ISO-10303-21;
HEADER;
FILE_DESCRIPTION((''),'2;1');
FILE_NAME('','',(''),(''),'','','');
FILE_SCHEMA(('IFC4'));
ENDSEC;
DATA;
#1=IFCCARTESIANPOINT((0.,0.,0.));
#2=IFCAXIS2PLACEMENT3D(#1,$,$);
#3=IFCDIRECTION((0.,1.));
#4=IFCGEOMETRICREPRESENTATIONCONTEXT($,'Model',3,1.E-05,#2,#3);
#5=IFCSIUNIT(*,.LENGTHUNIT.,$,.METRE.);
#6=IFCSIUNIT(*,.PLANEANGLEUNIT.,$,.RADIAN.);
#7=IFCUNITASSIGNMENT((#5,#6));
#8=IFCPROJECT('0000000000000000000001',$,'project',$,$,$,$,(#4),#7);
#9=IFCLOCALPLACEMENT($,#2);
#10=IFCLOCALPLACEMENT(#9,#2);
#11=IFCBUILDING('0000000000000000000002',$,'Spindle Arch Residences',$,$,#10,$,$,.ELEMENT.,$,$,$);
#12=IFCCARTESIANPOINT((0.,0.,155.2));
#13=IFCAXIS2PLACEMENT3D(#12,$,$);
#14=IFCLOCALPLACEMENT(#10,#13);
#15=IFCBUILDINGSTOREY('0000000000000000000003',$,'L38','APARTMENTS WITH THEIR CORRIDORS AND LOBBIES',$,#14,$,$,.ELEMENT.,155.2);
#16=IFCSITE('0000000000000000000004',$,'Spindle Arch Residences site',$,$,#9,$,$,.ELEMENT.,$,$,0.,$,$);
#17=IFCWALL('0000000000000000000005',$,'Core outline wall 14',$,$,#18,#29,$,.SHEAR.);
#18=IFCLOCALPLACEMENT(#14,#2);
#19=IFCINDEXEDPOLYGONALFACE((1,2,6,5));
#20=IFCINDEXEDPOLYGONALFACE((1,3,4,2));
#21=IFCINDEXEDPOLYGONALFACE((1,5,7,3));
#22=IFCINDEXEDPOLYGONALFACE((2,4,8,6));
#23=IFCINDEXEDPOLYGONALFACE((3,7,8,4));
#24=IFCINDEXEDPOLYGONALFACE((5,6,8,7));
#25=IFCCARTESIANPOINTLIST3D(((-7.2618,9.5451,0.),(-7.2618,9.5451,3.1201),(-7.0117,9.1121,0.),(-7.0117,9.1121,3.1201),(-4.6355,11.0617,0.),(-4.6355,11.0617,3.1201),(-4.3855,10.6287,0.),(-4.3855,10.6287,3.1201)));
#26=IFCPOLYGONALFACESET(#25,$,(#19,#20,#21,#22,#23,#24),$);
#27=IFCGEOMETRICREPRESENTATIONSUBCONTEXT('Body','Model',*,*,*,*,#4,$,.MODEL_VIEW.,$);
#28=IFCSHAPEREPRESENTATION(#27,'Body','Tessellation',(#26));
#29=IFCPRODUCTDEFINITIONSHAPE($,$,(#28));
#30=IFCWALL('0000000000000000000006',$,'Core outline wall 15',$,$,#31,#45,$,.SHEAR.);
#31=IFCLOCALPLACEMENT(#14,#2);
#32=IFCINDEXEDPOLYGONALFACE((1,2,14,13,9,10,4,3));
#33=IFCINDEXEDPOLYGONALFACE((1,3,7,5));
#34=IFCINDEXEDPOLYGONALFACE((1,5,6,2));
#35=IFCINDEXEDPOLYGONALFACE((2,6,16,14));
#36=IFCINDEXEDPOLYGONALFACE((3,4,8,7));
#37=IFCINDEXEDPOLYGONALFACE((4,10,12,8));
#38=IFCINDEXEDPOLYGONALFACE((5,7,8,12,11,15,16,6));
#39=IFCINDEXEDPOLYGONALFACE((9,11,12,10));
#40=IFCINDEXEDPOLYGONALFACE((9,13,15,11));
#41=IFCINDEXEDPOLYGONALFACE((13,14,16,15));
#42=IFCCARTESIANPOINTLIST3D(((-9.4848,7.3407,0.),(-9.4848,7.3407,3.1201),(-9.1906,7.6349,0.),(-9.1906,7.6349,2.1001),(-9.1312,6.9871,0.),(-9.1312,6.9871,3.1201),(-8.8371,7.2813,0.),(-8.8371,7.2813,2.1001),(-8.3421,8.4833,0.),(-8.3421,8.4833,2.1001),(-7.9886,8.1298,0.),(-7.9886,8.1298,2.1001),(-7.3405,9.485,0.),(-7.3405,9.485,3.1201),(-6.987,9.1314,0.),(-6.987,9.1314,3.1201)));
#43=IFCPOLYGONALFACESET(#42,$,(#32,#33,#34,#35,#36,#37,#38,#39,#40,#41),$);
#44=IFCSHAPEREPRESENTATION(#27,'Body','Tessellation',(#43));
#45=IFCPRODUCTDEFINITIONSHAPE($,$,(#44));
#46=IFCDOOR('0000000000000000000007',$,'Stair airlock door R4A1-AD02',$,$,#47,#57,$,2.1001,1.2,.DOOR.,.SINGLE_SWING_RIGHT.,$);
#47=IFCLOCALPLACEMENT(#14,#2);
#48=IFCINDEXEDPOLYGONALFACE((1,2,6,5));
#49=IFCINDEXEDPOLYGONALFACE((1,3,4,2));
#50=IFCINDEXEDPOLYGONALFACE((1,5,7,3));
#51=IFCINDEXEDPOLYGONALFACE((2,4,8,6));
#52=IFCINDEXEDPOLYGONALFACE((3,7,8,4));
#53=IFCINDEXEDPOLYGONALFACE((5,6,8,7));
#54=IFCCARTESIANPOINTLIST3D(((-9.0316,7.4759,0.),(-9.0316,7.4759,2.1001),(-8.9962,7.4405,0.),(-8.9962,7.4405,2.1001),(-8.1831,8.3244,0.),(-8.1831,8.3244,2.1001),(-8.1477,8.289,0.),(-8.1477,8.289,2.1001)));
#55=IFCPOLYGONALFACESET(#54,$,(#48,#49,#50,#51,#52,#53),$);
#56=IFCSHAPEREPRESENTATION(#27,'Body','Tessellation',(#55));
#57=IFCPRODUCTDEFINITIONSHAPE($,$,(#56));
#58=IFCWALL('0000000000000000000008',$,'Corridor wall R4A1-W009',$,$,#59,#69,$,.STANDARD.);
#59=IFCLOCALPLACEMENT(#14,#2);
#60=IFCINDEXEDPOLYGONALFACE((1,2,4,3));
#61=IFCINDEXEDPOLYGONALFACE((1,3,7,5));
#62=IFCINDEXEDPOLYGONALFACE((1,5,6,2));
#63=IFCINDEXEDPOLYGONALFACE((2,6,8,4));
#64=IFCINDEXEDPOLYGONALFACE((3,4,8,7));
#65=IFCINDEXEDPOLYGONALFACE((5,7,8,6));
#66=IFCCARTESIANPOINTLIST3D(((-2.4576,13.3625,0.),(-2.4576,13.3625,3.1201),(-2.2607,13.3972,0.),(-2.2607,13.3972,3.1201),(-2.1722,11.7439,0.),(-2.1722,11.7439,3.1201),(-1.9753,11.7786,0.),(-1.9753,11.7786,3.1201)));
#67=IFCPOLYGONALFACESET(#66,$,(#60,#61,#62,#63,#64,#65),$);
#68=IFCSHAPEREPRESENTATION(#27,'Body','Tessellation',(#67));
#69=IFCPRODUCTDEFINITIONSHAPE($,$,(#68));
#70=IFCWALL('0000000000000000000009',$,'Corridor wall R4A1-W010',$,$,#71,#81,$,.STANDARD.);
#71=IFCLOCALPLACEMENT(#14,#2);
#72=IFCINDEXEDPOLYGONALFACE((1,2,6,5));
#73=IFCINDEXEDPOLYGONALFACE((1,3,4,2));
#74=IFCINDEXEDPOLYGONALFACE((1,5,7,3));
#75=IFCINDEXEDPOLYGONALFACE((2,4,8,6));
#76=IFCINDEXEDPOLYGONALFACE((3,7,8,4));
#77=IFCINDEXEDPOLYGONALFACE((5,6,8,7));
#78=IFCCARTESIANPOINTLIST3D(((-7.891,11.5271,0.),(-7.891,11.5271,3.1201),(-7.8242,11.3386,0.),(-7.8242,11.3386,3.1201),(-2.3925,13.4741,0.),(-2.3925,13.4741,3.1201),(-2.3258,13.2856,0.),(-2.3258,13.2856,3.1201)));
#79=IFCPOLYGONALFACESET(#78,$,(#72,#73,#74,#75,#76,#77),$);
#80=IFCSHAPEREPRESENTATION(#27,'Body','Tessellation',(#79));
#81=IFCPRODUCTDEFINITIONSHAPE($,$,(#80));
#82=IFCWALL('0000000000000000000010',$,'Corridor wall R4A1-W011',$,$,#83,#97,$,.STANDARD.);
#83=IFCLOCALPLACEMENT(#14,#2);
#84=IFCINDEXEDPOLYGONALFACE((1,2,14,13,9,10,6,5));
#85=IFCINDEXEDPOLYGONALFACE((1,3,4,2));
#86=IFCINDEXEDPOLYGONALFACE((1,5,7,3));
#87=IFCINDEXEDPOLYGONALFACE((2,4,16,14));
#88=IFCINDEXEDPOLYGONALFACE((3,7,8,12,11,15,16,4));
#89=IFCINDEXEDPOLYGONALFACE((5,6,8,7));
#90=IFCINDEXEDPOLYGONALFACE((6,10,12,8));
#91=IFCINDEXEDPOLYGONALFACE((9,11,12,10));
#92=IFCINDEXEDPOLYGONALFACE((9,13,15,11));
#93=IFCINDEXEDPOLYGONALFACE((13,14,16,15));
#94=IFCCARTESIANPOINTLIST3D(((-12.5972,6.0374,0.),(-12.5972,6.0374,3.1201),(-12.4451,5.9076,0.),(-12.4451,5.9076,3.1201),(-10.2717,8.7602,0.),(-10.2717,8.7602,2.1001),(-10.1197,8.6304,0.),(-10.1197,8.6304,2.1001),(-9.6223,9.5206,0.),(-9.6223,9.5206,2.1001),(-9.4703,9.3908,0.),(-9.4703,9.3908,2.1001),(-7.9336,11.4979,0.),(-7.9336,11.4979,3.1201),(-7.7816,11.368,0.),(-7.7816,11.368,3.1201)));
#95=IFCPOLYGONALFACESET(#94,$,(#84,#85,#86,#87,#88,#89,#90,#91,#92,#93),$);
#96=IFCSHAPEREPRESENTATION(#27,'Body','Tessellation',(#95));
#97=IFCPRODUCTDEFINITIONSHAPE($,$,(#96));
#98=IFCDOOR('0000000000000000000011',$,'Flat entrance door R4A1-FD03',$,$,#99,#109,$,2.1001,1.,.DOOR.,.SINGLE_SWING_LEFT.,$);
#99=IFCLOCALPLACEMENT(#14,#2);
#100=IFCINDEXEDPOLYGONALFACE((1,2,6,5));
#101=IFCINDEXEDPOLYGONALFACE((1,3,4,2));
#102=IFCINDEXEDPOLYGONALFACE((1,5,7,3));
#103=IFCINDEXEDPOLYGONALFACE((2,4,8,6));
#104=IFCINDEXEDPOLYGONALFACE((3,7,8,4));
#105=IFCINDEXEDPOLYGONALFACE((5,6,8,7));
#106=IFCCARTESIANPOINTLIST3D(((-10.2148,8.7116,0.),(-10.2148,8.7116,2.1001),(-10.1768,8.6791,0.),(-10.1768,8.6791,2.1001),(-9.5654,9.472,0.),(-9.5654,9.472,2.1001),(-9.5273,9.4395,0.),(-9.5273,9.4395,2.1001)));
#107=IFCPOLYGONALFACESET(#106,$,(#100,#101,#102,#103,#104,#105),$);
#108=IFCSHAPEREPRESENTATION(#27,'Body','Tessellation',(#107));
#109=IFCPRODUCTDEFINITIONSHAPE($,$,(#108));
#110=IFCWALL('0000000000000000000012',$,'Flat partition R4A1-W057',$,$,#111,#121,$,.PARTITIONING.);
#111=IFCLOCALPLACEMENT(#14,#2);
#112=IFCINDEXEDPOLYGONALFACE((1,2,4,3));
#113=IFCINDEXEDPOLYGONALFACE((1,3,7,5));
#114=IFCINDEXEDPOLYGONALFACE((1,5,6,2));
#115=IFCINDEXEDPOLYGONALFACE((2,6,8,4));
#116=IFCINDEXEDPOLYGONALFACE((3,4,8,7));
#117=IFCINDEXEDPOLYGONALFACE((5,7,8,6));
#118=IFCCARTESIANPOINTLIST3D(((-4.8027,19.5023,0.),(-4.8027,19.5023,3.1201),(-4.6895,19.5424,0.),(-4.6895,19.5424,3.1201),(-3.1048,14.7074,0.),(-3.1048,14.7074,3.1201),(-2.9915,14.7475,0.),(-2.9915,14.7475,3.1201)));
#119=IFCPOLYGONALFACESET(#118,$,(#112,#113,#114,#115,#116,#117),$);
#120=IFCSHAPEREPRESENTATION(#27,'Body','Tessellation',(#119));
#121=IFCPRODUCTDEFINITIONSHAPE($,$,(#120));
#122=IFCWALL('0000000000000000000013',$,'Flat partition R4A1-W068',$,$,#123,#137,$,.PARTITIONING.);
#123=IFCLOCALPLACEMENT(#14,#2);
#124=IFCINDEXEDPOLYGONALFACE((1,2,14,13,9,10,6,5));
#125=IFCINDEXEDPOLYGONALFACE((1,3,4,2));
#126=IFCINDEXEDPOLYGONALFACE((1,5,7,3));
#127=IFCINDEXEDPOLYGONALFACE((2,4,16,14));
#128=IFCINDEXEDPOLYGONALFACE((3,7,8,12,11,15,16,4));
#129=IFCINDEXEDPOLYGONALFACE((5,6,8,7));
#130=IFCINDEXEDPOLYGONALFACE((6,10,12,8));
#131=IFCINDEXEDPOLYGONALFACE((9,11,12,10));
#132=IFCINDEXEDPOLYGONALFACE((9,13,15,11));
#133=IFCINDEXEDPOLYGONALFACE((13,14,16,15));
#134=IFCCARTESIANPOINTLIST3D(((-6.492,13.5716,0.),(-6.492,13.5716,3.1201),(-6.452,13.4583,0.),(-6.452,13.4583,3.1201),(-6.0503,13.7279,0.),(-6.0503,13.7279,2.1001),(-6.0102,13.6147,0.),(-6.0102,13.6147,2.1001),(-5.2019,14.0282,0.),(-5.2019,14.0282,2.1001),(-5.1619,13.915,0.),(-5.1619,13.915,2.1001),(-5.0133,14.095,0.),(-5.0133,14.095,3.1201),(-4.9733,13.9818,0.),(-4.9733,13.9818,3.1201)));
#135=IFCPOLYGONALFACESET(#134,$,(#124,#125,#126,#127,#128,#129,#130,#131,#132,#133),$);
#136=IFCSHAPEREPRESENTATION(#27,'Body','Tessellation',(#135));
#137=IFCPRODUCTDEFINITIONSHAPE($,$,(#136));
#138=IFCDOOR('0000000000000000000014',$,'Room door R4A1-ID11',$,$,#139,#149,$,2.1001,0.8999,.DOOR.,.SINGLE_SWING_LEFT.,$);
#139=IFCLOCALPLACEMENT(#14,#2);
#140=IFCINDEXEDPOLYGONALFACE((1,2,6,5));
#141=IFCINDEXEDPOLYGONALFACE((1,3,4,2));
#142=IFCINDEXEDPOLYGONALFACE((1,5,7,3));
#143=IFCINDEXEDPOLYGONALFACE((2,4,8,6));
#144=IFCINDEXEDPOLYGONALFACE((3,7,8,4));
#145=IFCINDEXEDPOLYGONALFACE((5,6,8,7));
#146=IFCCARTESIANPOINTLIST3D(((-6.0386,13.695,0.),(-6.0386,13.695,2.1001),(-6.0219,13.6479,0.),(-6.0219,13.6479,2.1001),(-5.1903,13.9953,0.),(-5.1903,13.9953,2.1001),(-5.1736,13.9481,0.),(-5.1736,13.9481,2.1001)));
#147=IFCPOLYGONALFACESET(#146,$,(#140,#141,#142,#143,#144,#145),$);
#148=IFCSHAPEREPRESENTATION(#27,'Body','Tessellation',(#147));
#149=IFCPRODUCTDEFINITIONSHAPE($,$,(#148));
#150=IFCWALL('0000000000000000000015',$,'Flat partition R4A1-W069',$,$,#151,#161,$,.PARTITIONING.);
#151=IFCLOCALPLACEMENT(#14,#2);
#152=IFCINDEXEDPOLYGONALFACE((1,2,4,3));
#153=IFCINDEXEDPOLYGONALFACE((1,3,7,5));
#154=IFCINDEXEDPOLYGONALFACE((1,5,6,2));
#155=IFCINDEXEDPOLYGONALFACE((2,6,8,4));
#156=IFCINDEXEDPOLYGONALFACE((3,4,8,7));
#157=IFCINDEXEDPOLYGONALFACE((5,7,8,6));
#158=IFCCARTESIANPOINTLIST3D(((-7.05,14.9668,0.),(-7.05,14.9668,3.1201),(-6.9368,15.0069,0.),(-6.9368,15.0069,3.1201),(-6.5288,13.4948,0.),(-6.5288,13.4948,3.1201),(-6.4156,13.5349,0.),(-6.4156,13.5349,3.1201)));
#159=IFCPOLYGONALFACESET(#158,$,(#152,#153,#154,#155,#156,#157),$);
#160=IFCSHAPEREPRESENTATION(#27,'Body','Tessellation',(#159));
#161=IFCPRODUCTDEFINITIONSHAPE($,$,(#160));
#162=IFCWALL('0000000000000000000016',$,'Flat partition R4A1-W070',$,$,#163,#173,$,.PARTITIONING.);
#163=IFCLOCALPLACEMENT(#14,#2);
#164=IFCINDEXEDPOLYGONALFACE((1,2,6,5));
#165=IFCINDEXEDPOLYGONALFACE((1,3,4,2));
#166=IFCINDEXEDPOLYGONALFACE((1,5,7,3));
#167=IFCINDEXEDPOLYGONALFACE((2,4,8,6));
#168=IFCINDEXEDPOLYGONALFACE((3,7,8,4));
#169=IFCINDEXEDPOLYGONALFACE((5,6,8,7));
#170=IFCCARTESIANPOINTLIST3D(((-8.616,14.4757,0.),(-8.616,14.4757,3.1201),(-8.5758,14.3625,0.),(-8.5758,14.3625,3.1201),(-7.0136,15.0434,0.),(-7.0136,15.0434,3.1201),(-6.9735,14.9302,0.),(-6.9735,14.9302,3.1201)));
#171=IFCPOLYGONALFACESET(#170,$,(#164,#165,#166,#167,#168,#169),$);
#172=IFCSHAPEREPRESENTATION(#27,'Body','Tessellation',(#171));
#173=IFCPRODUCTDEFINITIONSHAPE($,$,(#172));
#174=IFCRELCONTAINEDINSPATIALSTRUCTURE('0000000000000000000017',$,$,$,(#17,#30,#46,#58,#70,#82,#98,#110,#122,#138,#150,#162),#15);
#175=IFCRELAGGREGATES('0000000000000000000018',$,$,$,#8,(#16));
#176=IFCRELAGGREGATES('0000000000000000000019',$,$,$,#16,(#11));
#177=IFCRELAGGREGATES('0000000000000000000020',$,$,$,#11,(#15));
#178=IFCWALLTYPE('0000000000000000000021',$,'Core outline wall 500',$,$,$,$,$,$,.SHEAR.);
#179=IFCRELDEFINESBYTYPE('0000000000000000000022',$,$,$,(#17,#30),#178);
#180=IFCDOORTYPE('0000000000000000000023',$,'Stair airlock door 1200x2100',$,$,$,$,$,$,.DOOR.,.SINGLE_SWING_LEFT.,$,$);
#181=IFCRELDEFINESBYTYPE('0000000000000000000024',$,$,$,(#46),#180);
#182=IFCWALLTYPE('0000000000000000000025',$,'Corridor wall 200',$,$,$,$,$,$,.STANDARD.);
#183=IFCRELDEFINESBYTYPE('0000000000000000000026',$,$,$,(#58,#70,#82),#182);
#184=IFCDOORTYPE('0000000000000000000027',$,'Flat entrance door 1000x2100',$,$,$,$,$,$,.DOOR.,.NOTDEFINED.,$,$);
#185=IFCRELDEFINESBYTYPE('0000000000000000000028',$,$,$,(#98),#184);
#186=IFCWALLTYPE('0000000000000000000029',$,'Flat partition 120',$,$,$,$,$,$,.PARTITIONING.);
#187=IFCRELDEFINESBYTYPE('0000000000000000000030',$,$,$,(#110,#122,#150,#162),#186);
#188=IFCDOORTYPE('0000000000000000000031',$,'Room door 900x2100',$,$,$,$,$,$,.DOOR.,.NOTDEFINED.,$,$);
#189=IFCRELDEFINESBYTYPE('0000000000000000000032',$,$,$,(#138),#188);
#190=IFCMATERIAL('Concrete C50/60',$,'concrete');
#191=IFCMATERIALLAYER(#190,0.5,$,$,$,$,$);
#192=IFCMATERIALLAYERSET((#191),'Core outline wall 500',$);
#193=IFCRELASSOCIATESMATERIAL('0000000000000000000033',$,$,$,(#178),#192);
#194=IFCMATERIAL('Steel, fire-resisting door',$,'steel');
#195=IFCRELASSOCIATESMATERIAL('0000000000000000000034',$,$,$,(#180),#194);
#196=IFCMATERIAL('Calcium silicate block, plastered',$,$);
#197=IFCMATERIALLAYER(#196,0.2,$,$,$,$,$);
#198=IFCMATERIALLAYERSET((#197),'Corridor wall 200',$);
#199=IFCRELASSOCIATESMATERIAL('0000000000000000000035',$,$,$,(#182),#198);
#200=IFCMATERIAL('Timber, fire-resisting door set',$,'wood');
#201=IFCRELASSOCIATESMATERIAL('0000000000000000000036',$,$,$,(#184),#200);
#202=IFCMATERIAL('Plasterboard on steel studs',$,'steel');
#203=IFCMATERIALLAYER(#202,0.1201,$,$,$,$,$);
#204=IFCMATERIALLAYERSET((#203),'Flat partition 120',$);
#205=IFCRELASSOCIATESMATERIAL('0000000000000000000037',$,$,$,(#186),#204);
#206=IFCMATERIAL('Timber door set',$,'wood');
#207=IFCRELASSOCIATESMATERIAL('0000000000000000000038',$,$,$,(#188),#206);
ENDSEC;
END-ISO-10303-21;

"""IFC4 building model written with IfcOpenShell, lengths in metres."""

from ifc_helpers import new_model, si_unit, direction, frame, frame_2d, origin, place, context, subcontext, project, spatial, rectangle, extrude, material, layer, layer_set, type_object, element, fill, save


model = new_model("IFC4")

# Units and contexts
model_context = context("Model", 3, precision=1e-05, world=origin(), true_north=direction((0.0, 1.0)))
body_context = subcontext(model_context, "Body", "Model", "MODEL_VIEW")
ifc_project = project(units=[si_unit("LENGTHUNIT", "METRE"), si_unit("PLANEANGLEUNIT", "RADIAN")], contexts=[model_context])

# Site, building, storey
site_placement = place(None, origin())
site = spatial("IfcSite", under=ifc_project, at=site_placement, Name="Spindle Arch Residences site", CompositionType="ELEMENT", RefElevation=0.0)
building_placement = place(site_placement, origin())
building = spatial("IfcBuilding", under=site, at=building_placement, Name="Spindle Arch Residences", CompositionType="ELEMENT")
storey_placement = place(building_placement, frame((0.0, 0.0, 155.2)))
storey = spatial("IfcBuildingStorey", under=building, at=storey_placement, Name="L38", Description="APARTMENTS WITH THEIR CORRIDORS AND LOBBIES", CompositionType="ELEMENT", Elevation=155.2)

# Wall
ifc_material_1 = material(Name="Concrete C50/60", Category="concrete")
ifc_layer_1 = layer(ifc_material_1, 0.5)
ifc_layer_set_1 = layer_set([ifc_layer_1], Name="Core outline wall 500")
wall_type_1 = type_object("IfcWallType", Name="Core outline wall 500", PredefinedType="SHEAR", material=ifc_layer_set_1)
wall_1_placement = place(storey_placement, frame((-4.5105, 10.8452, 0.0), z_axis=(0.0, 0.0, 1.0), x_axis=(-0.865975, -0.500087, 0.0)))
element("IfcWall", 1, at=wall_1_placement, inside=storey, type_object=wall_type_1, Name="Core outline wall 14", PredefinedType="SHEAR", context=body_context, shape_type="SweptSolid", body=[
    extrude(rectangle(XDim=3.0327, YDim=0.5, at=frame_2d((1.5164, 0.0))), origin(), (0.0, 0.0, 1.0), 3.1201),
])

# Wall, opening, door
wall_2_placement = place(storey_placement, frame((-7.1638, 9.3081, 0.0), z_axis=(0.0, 0.0, 1.0), x_axis=(-0.707107, -0.707107, 0.0)))
wall_2 = element("IfcWall", 2, at=wall_2_placement, inside=storey, type_object=wall_type_1, Name="Core outline wall 15", PredefinedType="SHEAR", context=body_context, shape_type="SweptSolid", body=[
    extrude(rectangle(XDim=3.0325, YDim=0.5, at=frame_2d((1.5161, 0.0))), origin(), (0.0, 0.0, 1.0), 3.1201),
])
opening_1_placement = place(wall_2_placement, frame((1.4163, 0.0, 0.0)))
opening_1 = element("IfcOpeningElement", 3, at=opening_1_placement, cuts=wall_2, PredefinedType="OPENING", context=body_context, shape_type="SweptSolid", body=[
    extrude(rectangle(XDim=1.2, YDim=2.1001, at=frame_2d((0.6001, 1.05))), frame((0.0, 0.26, 0.0), z_axis=(0.0, -1.0, 0.0), x_axis=(1.0, 0.0, 0.0)), (0.0, 0.0, 1.0), 0.52),
])
ifc_material_2 = material(Name="Steel, fire-resisting door", Category="steel")
door_type_1 = type_object("IfcDoorType", Name="Stair airlock door 1200x2100", OperationType="SINGLE_SWING_LEFT", PredefinedType="DOOR", material=ifc_material_2)
door_1_placement = place(opening_1_placement, origin())
door_1 = element("IfcDoor", 4, at=door_1_placement, inside=storey, type_object=door_type_1, Name="Stair airlock door R4A1-AD02", OperationType="SINGLE_SWING_RIGHT", OverallHeight=2.1001, OverallWidth=1.2, PredefinedType="DOOR", context=body_context, shape_type="SweptSolid", body=[
    extrude(rectangle(XDim=1.2, YDim=2.1001, at=frame_2d((0.6001, 1.05))), frame((0.0, 0.0249, 0.0), z_axis=(0.0, -1.0, 0.0), x_axis=(1.0, 0.0, 0.0)), (0.0, 0.0, 1.0), 0.05),
])
fill(opening_1, door_1)

# Walls
ifc_material_3 = material(Name="Calcium silicate block, plastered")
ifc_layer_2 = layer(ifc_material_3, 0.2)
ifc_layer_set_2 = layer_set([ifc_layer_2], Name="Corridor wall 200")
wall_type_2 = type_object("IfcWallType", Name="Corridor wall 200", PredefinedType="STANDARD", material=ifc_layer_set_2)
wall_3_placement = place(storey_placement, frame((-2.0737, 11.7612, 0.0), z_axis=(0.0, 0.0, 1.0), x_axis=(-0.173641, 0.984809, 0.0)))
element("IfcWall", 5, at=wall_3_placement, inside=storey, type_object=wall_type_2, Name="Corridor wall R4A1-W009", PredefinedType="STANDARD", context=body_context, shape_type="SweptSolid", body=[
    extrude(rectangle(XDim=1.6436, YDim=0.2, at=frame_2d((0.8218, 0.0))), origin(), (0.0, 0.0, 1.0), 3.1201),
])
wall_4_placement = place(storey_placement, frame((-2.3591, 13.3799, 0.0), z_axis=(0.0, 0.0, 1.0), x_axis=(-0.942648, -0.33379, 0.0)))
element("IfcWall", 6, at=wall_4_placement, inside=storey, type_object=wall_type_2, Name="Corridor wall R4A1-W010", PredefinedType="STANDARD", context=body_context, shape_type="SweptSolid", body=[
    extrude(rectangle(XDim=5.833, YDim=0.2, at=frame_2d((2.9165, 0.0))), origin(), (0.0, 0.0, 1.0), 3.1201),
])

# Wall, opening, door
wall_5_placement = place(storey_placement, frame((-7.8577, 11.4329, 0.0), z_axis=(0.0, 0.0, 1.0), x_axis=(-0.649441, -0.760412, 0.0)))
wall_5 = element("IfcWall", 7, at=wall_5_placement, inside=storey, type_object=wall_type_2, Name="Corridor wall R4A1-W011", PredefinedType="STANDARD", context=body_context, shape_type="SweptSolid", body=[
    extrude(rectangle(XDim=7.1809, YDim=0.2, at=frame_2d((3.5903, 0.0))), origin(), (0.0, 0.0, 1.0), 3.1201),
])
opening_2_placement = place(wall_5_placement, frame((2.6001, 0.0, 0.0)))
opening_2 = element("IfcOpeningElement", 8, at=opening_2_placement, cuts=wall_5, PredefinedType="OPENING", context=body_context, shape_type="SweptSolid", body=[
    extrude(rectangle(XDim=1.0, YDim=2.1001, at=frame_2d((0.5, 1.05))), frame((0.0, 0.1099, 0.0), z_axis=(0.0, -1.0, 0.0), x_axis=(1.0, 0.0, 0.0)), (0.0, 0.0, 1.0), 0.22),
])
ifc_material_4 = material(Name="Timber, fire-resisting door set", Category="wood")
door_type_2 = type_object("IfcDoorType", Name="Flat entrance door 1000x2100", OperationType="NOTDEFINED", PredefinedType="DOOR", material=ifc_material_4)
door_2_placement = place(opening_2_placement, origin())
door_2 = element("IfcDoor", 9, at=door_2_placement, inside=storey, type_object=door_type_2, Name="Flat entrance door R4A1-FD03", OperationType="SINGLE_SWING_LEFT", OverallHeight=2.1001, OverallWidth=1.0, PredefinedType="DOOR", context=body_context, shape_type="SweptSolid", body=[
    extrude(rectangle(XDim=1.0, YDim=2.1001, at=frame_2d((0.5, 1.05))), frame((0.0, 0.0249, 0.0), z_axis=(0.0, -1.0, 0.0), x_axis=(1.0, 0.0, 0.0)), (0.0, 0.0, 1.0), 0.05),
])
fill(opening_2, door_2)

# Wall
ifc_material_5 = material(Name="Plasterboard on steel studs", Category="steel")
ifc_layer_3 = layer(ifc_material_5, 0.1201)
ifc_layer_set_3 = layer_set([ifc_layer_3], Name="Flat partition 120")
wall_type_3 = type_object("IfcWallType", Name="Flat partition 120", PredefinedType="PARTITIONING", material=ifc_layer_set_3)
wall_6_placement = place(storey_placement, frame((-3.0481, 14.7273, 0.0), z_axis=(0.0, 0.0, 1.0), x_axis=(-0.333812, 0.94264, 0.0)))
element("IfcWall", 10, at=wall_6_placement, inside=storey, type_object=wall_type_3, Name="Flat partition R4A1-W057", PredefinedType="PARTITIONING", context=body_context, shape_type="SweptSolid", body=[
    extrude(rectangle(XDim=5.0867, YDim=0.1201, at=frame_2d((2.5435, 0.0))), origin(), (0.0, 0.0, 1.0), 3.1201),
])

# Wall, opening, door
wall_7_placement = place(storey_placement, frame((-4.9934, 14.0383, 0.0), z_axis=(0.0, 0.0, 1.0), x_axis=(-0.942685, -0.333683, 0.0)))
wall_7 = element("IfcWall", 11, at=wall_7_placement, inside=storey, type_object=wall_type_3, Name="Flat partition R4A1-W068", PredefinedType="PARTITIONING", context=body_context, shape_type="SweptSolid", body=[
    extrude(rectangle(XDim=1.5686, YDim=0.1201, at=frame_2d((0.7842, 0.0))), origin(), (0.0, 0.0, 1.0), 3.1201),
])
opening_3_placement = place(wall_7_placement, frame((0.2, 0.0, 0.0)))
opening_3 = element("IfcOpeningElement", 12, at=opening_3_placement, cuts=wall_7, PredefinedType="OPENING", context=body_context, shape_type="SweptSolid", body=[
    extrude(rectangle(XDim=0.8999, YDim=2.1001, at=frame_2d((0.45, 1.05))), frame((0.0, 0.0701, 0.0), z_axis=(0.0, -1.0, 0.0), x_axis=(1.0, 0.0, 0.0)), (0.0, 0.0, 1.0), 0.1401),
])
ifc_material_6 = material(Name="Timber door set", Category="wood")
door_type_3 = type_object("IfcDoorType", Name="Room door 900x2100", OperationType="NOTDEFINED", PredefinedType="DOOR", material=ifc_material_6)
door_3_placement = place(opening_3_placement, origin())
door_3 = element("IfcDoor", 13, at=door_3_placement, inside=storey, type_object=door_type_3, Name="Room door R4A1-ID11", OperationType="SINGLE_SWING_LEFT", OverallHeight=2.1001, OverallWidth=0.8999, PredefinedType="DOOR", context=body_context, shape_type="SweptSolid", body=[
    extrude(rectangle(XDim=0.8999, YDim=2.1001, at=frame_2d((0.45, 1.05))), frame((0.0, 0.0249, 0.0), z_axis=(0.0, -1.0, 0.0), x_axis=(1.0, 0.0, 0.0)), (0.0, 0.0, 1.0), 0.05),
])
fill(opening_3, door_3)

# Walls
wall_8_placement = place(storey_placement, frame((-6.4722, 13.5149, 0.0), z_axis=(0.0, 0.0, 1.0), x_axis=(-0.33381, 0.942641, 0.0)))
element("IfcWall", 14, at=wall_8_placement, inside=storey, type_object=wall_type_3, Name="Flat partition R4A1-W069", PredefinedType="PARTITIONING", context=body_context, shape_type="SweptSolid", body=[
    extrude(rectangle(XDim=1.5615, YDim=0.1201, at=frame_2d((0.7808, 0.0))), origin(), (0.0, 0.0, 1.0), 3.1201),
])
wall_9_placement = place(storey_placement, frame((-6.9934, 14.9868, 0.0), z_axis=(0.0, 0.0, 1.0), x_axis=(-0.9426, -0.333924, 0.0)))
element("IfcWall", 15, at=wall_9_placement, inside=storey, type_object=wall_type_3, Name="Flat partition R4A1-W070", PredefinedType="PARTITIONING", context=body_context, shape_type="SweptSolid", body=[
    extrude(rectangle(XDim=1.7, YDim=0.1201, at=frame_2d((0.8501, 0.0))), origin(), (0.0, 0.0, 1.0), 3.1201),
])

save(model, "model.ifc")
